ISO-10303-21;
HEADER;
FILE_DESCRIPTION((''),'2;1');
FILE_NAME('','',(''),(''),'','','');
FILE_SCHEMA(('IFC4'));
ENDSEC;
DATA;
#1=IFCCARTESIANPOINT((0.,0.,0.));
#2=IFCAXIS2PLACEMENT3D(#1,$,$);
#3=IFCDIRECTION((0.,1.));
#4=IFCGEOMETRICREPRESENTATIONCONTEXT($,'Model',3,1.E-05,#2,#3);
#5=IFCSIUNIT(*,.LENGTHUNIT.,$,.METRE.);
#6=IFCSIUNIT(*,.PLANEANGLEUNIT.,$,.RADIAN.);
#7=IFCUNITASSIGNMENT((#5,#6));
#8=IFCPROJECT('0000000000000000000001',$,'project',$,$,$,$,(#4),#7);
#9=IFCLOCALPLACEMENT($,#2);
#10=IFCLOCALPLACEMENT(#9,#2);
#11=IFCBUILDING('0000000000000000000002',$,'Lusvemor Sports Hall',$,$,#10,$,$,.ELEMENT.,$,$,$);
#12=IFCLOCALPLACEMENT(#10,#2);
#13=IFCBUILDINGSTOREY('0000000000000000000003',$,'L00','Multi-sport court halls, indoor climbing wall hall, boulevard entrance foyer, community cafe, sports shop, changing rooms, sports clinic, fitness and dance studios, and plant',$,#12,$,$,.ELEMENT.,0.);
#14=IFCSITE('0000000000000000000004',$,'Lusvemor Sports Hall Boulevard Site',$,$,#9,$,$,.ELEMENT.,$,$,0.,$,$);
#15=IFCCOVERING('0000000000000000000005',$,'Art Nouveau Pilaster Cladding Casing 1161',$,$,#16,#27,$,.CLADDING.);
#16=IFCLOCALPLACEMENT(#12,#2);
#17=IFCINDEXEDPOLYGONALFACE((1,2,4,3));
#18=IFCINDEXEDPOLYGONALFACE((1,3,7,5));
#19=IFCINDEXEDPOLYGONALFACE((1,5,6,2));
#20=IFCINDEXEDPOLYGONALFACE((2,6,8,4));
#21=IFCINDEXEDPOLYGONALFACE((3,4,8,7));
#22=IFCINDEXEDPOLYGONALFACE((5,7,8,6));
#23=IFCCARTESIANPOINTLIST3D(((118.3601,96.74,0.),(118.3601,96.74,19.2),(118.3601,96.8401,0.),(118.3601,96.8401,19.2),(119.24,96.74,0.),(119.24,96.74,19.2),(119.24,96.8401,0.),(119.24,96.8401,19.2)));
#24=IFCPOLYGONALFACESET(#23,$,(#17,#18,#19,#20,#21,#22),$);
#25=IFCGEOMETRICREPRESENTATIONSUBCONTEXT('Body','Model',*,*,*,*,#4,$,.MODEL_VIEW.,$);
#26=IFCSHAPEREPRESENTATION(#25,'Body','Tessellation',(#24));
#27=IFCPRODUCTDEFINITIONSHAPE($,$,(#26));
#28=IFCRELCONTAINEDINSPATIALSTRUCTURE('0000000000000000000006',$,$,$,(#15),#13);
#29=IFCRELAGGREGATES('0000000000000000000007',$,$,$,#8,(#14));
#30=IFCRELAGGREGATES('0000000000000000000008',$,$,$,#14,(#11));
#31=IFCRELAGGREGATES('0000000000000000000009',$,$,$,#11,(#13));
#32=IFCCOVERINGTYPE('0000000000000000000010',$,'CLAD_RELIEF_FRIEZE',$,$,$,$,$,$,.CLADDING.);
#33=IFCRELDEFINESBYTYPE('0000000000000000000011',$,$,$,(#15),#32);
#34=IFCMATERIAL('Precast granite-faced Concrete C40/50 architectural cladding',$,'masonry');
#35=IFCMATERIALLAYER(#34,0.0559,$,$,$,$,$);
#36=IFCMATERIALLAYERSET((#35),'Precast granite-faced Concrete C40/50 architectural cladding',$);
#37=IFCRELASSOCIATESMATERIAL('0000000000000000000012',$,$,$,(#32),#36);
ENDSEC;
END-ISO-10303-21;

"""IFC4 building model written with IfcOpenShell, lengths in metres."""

from ifc_helpers import new_model, si_unit, direction, frame, origin, origin_2d, place, context, subcontext, project, spatial, rectangle, extrude, material, layer, layer_set, type_object, element, save


model = new_model("IFC4")

# Units and contexts
model_context = context("Model", 3, precision=1e-05, world=origin(), true_north=direction((0.0, 1.0)))
body_context = subcontext(model_context, "Body", "Model", "MODEL_VIEW")
ifc_project = project(units=[si_unit("LENGTHUNIT", "METRE"), si_unit("PLANEANGLEUNIT", "RADIAN")], contexts=[model_context])

# Site, building, storey
site_placement = place(None, origin())
site = spatial("IfcSite", under=ifc_project, at=site_placement, Name="Lusvemor Sports Hall Boulevard Site", CompositionType="ELEMENT", RefElevation=0.0)
building_placement = place(site_placement, origin())
building = spatial("IfcBuilding", under=site, at=building_placement, Name="Lusvemor Sports Hall", CompositionType="ELEMENT")
storey_placement = place(building_placement, origin())
storey = spatial("IfcBuildingStorey", under=building, at=storey_placement, Name="L00", Description="Multi-sport court halls, indoor climbing wall hall, boulevard entrance foyer, community cafe, sports shop, changing rooms, sports clinic, fitness and dance studios, and plant", CompositionType="ELEMENT", Elevation=0.0)

# Covering
ifc_material_1 = material(Name="Precast granite-faced Concrete C40/50 architectural cladding", Category="masonry")
ifc_layer_1 = layer(ifc_material_1, 0.0559)
ifc_layer_set_1 = layer_set([ifc_layer_1], Name="Precast granite-faced Concrete C40/50 architectural cladding")
covering_type = type_object("IfcCoveringType", Name="CLAD_RELIEF_FRIEZE", PredefinedType="CLADDING", material=ifc_layer_set_1)
covering_placement = place(storey_placement, frame((118.8, 96.79, 0.0), z_axis=(0.0, 0.0, 1.0), x_axis=(1.0, 0.0, 0.0)))
element("IfcCovering", 1, at=covering_placement, inside=storey, type_object=covering_type, Name="Art Nouveau Pilaster Cladding Casing 1161", PredefinedType="CLADDING", context=body_context, shape_type="SweptSolid", body=[
    extrude(rectangle(XDim=0.8799, YDim=0.1001, at=origin_2d()), origin(), (0.0, 0.0, 1.0), 19.2),
])

save(model, "model.ifc")
